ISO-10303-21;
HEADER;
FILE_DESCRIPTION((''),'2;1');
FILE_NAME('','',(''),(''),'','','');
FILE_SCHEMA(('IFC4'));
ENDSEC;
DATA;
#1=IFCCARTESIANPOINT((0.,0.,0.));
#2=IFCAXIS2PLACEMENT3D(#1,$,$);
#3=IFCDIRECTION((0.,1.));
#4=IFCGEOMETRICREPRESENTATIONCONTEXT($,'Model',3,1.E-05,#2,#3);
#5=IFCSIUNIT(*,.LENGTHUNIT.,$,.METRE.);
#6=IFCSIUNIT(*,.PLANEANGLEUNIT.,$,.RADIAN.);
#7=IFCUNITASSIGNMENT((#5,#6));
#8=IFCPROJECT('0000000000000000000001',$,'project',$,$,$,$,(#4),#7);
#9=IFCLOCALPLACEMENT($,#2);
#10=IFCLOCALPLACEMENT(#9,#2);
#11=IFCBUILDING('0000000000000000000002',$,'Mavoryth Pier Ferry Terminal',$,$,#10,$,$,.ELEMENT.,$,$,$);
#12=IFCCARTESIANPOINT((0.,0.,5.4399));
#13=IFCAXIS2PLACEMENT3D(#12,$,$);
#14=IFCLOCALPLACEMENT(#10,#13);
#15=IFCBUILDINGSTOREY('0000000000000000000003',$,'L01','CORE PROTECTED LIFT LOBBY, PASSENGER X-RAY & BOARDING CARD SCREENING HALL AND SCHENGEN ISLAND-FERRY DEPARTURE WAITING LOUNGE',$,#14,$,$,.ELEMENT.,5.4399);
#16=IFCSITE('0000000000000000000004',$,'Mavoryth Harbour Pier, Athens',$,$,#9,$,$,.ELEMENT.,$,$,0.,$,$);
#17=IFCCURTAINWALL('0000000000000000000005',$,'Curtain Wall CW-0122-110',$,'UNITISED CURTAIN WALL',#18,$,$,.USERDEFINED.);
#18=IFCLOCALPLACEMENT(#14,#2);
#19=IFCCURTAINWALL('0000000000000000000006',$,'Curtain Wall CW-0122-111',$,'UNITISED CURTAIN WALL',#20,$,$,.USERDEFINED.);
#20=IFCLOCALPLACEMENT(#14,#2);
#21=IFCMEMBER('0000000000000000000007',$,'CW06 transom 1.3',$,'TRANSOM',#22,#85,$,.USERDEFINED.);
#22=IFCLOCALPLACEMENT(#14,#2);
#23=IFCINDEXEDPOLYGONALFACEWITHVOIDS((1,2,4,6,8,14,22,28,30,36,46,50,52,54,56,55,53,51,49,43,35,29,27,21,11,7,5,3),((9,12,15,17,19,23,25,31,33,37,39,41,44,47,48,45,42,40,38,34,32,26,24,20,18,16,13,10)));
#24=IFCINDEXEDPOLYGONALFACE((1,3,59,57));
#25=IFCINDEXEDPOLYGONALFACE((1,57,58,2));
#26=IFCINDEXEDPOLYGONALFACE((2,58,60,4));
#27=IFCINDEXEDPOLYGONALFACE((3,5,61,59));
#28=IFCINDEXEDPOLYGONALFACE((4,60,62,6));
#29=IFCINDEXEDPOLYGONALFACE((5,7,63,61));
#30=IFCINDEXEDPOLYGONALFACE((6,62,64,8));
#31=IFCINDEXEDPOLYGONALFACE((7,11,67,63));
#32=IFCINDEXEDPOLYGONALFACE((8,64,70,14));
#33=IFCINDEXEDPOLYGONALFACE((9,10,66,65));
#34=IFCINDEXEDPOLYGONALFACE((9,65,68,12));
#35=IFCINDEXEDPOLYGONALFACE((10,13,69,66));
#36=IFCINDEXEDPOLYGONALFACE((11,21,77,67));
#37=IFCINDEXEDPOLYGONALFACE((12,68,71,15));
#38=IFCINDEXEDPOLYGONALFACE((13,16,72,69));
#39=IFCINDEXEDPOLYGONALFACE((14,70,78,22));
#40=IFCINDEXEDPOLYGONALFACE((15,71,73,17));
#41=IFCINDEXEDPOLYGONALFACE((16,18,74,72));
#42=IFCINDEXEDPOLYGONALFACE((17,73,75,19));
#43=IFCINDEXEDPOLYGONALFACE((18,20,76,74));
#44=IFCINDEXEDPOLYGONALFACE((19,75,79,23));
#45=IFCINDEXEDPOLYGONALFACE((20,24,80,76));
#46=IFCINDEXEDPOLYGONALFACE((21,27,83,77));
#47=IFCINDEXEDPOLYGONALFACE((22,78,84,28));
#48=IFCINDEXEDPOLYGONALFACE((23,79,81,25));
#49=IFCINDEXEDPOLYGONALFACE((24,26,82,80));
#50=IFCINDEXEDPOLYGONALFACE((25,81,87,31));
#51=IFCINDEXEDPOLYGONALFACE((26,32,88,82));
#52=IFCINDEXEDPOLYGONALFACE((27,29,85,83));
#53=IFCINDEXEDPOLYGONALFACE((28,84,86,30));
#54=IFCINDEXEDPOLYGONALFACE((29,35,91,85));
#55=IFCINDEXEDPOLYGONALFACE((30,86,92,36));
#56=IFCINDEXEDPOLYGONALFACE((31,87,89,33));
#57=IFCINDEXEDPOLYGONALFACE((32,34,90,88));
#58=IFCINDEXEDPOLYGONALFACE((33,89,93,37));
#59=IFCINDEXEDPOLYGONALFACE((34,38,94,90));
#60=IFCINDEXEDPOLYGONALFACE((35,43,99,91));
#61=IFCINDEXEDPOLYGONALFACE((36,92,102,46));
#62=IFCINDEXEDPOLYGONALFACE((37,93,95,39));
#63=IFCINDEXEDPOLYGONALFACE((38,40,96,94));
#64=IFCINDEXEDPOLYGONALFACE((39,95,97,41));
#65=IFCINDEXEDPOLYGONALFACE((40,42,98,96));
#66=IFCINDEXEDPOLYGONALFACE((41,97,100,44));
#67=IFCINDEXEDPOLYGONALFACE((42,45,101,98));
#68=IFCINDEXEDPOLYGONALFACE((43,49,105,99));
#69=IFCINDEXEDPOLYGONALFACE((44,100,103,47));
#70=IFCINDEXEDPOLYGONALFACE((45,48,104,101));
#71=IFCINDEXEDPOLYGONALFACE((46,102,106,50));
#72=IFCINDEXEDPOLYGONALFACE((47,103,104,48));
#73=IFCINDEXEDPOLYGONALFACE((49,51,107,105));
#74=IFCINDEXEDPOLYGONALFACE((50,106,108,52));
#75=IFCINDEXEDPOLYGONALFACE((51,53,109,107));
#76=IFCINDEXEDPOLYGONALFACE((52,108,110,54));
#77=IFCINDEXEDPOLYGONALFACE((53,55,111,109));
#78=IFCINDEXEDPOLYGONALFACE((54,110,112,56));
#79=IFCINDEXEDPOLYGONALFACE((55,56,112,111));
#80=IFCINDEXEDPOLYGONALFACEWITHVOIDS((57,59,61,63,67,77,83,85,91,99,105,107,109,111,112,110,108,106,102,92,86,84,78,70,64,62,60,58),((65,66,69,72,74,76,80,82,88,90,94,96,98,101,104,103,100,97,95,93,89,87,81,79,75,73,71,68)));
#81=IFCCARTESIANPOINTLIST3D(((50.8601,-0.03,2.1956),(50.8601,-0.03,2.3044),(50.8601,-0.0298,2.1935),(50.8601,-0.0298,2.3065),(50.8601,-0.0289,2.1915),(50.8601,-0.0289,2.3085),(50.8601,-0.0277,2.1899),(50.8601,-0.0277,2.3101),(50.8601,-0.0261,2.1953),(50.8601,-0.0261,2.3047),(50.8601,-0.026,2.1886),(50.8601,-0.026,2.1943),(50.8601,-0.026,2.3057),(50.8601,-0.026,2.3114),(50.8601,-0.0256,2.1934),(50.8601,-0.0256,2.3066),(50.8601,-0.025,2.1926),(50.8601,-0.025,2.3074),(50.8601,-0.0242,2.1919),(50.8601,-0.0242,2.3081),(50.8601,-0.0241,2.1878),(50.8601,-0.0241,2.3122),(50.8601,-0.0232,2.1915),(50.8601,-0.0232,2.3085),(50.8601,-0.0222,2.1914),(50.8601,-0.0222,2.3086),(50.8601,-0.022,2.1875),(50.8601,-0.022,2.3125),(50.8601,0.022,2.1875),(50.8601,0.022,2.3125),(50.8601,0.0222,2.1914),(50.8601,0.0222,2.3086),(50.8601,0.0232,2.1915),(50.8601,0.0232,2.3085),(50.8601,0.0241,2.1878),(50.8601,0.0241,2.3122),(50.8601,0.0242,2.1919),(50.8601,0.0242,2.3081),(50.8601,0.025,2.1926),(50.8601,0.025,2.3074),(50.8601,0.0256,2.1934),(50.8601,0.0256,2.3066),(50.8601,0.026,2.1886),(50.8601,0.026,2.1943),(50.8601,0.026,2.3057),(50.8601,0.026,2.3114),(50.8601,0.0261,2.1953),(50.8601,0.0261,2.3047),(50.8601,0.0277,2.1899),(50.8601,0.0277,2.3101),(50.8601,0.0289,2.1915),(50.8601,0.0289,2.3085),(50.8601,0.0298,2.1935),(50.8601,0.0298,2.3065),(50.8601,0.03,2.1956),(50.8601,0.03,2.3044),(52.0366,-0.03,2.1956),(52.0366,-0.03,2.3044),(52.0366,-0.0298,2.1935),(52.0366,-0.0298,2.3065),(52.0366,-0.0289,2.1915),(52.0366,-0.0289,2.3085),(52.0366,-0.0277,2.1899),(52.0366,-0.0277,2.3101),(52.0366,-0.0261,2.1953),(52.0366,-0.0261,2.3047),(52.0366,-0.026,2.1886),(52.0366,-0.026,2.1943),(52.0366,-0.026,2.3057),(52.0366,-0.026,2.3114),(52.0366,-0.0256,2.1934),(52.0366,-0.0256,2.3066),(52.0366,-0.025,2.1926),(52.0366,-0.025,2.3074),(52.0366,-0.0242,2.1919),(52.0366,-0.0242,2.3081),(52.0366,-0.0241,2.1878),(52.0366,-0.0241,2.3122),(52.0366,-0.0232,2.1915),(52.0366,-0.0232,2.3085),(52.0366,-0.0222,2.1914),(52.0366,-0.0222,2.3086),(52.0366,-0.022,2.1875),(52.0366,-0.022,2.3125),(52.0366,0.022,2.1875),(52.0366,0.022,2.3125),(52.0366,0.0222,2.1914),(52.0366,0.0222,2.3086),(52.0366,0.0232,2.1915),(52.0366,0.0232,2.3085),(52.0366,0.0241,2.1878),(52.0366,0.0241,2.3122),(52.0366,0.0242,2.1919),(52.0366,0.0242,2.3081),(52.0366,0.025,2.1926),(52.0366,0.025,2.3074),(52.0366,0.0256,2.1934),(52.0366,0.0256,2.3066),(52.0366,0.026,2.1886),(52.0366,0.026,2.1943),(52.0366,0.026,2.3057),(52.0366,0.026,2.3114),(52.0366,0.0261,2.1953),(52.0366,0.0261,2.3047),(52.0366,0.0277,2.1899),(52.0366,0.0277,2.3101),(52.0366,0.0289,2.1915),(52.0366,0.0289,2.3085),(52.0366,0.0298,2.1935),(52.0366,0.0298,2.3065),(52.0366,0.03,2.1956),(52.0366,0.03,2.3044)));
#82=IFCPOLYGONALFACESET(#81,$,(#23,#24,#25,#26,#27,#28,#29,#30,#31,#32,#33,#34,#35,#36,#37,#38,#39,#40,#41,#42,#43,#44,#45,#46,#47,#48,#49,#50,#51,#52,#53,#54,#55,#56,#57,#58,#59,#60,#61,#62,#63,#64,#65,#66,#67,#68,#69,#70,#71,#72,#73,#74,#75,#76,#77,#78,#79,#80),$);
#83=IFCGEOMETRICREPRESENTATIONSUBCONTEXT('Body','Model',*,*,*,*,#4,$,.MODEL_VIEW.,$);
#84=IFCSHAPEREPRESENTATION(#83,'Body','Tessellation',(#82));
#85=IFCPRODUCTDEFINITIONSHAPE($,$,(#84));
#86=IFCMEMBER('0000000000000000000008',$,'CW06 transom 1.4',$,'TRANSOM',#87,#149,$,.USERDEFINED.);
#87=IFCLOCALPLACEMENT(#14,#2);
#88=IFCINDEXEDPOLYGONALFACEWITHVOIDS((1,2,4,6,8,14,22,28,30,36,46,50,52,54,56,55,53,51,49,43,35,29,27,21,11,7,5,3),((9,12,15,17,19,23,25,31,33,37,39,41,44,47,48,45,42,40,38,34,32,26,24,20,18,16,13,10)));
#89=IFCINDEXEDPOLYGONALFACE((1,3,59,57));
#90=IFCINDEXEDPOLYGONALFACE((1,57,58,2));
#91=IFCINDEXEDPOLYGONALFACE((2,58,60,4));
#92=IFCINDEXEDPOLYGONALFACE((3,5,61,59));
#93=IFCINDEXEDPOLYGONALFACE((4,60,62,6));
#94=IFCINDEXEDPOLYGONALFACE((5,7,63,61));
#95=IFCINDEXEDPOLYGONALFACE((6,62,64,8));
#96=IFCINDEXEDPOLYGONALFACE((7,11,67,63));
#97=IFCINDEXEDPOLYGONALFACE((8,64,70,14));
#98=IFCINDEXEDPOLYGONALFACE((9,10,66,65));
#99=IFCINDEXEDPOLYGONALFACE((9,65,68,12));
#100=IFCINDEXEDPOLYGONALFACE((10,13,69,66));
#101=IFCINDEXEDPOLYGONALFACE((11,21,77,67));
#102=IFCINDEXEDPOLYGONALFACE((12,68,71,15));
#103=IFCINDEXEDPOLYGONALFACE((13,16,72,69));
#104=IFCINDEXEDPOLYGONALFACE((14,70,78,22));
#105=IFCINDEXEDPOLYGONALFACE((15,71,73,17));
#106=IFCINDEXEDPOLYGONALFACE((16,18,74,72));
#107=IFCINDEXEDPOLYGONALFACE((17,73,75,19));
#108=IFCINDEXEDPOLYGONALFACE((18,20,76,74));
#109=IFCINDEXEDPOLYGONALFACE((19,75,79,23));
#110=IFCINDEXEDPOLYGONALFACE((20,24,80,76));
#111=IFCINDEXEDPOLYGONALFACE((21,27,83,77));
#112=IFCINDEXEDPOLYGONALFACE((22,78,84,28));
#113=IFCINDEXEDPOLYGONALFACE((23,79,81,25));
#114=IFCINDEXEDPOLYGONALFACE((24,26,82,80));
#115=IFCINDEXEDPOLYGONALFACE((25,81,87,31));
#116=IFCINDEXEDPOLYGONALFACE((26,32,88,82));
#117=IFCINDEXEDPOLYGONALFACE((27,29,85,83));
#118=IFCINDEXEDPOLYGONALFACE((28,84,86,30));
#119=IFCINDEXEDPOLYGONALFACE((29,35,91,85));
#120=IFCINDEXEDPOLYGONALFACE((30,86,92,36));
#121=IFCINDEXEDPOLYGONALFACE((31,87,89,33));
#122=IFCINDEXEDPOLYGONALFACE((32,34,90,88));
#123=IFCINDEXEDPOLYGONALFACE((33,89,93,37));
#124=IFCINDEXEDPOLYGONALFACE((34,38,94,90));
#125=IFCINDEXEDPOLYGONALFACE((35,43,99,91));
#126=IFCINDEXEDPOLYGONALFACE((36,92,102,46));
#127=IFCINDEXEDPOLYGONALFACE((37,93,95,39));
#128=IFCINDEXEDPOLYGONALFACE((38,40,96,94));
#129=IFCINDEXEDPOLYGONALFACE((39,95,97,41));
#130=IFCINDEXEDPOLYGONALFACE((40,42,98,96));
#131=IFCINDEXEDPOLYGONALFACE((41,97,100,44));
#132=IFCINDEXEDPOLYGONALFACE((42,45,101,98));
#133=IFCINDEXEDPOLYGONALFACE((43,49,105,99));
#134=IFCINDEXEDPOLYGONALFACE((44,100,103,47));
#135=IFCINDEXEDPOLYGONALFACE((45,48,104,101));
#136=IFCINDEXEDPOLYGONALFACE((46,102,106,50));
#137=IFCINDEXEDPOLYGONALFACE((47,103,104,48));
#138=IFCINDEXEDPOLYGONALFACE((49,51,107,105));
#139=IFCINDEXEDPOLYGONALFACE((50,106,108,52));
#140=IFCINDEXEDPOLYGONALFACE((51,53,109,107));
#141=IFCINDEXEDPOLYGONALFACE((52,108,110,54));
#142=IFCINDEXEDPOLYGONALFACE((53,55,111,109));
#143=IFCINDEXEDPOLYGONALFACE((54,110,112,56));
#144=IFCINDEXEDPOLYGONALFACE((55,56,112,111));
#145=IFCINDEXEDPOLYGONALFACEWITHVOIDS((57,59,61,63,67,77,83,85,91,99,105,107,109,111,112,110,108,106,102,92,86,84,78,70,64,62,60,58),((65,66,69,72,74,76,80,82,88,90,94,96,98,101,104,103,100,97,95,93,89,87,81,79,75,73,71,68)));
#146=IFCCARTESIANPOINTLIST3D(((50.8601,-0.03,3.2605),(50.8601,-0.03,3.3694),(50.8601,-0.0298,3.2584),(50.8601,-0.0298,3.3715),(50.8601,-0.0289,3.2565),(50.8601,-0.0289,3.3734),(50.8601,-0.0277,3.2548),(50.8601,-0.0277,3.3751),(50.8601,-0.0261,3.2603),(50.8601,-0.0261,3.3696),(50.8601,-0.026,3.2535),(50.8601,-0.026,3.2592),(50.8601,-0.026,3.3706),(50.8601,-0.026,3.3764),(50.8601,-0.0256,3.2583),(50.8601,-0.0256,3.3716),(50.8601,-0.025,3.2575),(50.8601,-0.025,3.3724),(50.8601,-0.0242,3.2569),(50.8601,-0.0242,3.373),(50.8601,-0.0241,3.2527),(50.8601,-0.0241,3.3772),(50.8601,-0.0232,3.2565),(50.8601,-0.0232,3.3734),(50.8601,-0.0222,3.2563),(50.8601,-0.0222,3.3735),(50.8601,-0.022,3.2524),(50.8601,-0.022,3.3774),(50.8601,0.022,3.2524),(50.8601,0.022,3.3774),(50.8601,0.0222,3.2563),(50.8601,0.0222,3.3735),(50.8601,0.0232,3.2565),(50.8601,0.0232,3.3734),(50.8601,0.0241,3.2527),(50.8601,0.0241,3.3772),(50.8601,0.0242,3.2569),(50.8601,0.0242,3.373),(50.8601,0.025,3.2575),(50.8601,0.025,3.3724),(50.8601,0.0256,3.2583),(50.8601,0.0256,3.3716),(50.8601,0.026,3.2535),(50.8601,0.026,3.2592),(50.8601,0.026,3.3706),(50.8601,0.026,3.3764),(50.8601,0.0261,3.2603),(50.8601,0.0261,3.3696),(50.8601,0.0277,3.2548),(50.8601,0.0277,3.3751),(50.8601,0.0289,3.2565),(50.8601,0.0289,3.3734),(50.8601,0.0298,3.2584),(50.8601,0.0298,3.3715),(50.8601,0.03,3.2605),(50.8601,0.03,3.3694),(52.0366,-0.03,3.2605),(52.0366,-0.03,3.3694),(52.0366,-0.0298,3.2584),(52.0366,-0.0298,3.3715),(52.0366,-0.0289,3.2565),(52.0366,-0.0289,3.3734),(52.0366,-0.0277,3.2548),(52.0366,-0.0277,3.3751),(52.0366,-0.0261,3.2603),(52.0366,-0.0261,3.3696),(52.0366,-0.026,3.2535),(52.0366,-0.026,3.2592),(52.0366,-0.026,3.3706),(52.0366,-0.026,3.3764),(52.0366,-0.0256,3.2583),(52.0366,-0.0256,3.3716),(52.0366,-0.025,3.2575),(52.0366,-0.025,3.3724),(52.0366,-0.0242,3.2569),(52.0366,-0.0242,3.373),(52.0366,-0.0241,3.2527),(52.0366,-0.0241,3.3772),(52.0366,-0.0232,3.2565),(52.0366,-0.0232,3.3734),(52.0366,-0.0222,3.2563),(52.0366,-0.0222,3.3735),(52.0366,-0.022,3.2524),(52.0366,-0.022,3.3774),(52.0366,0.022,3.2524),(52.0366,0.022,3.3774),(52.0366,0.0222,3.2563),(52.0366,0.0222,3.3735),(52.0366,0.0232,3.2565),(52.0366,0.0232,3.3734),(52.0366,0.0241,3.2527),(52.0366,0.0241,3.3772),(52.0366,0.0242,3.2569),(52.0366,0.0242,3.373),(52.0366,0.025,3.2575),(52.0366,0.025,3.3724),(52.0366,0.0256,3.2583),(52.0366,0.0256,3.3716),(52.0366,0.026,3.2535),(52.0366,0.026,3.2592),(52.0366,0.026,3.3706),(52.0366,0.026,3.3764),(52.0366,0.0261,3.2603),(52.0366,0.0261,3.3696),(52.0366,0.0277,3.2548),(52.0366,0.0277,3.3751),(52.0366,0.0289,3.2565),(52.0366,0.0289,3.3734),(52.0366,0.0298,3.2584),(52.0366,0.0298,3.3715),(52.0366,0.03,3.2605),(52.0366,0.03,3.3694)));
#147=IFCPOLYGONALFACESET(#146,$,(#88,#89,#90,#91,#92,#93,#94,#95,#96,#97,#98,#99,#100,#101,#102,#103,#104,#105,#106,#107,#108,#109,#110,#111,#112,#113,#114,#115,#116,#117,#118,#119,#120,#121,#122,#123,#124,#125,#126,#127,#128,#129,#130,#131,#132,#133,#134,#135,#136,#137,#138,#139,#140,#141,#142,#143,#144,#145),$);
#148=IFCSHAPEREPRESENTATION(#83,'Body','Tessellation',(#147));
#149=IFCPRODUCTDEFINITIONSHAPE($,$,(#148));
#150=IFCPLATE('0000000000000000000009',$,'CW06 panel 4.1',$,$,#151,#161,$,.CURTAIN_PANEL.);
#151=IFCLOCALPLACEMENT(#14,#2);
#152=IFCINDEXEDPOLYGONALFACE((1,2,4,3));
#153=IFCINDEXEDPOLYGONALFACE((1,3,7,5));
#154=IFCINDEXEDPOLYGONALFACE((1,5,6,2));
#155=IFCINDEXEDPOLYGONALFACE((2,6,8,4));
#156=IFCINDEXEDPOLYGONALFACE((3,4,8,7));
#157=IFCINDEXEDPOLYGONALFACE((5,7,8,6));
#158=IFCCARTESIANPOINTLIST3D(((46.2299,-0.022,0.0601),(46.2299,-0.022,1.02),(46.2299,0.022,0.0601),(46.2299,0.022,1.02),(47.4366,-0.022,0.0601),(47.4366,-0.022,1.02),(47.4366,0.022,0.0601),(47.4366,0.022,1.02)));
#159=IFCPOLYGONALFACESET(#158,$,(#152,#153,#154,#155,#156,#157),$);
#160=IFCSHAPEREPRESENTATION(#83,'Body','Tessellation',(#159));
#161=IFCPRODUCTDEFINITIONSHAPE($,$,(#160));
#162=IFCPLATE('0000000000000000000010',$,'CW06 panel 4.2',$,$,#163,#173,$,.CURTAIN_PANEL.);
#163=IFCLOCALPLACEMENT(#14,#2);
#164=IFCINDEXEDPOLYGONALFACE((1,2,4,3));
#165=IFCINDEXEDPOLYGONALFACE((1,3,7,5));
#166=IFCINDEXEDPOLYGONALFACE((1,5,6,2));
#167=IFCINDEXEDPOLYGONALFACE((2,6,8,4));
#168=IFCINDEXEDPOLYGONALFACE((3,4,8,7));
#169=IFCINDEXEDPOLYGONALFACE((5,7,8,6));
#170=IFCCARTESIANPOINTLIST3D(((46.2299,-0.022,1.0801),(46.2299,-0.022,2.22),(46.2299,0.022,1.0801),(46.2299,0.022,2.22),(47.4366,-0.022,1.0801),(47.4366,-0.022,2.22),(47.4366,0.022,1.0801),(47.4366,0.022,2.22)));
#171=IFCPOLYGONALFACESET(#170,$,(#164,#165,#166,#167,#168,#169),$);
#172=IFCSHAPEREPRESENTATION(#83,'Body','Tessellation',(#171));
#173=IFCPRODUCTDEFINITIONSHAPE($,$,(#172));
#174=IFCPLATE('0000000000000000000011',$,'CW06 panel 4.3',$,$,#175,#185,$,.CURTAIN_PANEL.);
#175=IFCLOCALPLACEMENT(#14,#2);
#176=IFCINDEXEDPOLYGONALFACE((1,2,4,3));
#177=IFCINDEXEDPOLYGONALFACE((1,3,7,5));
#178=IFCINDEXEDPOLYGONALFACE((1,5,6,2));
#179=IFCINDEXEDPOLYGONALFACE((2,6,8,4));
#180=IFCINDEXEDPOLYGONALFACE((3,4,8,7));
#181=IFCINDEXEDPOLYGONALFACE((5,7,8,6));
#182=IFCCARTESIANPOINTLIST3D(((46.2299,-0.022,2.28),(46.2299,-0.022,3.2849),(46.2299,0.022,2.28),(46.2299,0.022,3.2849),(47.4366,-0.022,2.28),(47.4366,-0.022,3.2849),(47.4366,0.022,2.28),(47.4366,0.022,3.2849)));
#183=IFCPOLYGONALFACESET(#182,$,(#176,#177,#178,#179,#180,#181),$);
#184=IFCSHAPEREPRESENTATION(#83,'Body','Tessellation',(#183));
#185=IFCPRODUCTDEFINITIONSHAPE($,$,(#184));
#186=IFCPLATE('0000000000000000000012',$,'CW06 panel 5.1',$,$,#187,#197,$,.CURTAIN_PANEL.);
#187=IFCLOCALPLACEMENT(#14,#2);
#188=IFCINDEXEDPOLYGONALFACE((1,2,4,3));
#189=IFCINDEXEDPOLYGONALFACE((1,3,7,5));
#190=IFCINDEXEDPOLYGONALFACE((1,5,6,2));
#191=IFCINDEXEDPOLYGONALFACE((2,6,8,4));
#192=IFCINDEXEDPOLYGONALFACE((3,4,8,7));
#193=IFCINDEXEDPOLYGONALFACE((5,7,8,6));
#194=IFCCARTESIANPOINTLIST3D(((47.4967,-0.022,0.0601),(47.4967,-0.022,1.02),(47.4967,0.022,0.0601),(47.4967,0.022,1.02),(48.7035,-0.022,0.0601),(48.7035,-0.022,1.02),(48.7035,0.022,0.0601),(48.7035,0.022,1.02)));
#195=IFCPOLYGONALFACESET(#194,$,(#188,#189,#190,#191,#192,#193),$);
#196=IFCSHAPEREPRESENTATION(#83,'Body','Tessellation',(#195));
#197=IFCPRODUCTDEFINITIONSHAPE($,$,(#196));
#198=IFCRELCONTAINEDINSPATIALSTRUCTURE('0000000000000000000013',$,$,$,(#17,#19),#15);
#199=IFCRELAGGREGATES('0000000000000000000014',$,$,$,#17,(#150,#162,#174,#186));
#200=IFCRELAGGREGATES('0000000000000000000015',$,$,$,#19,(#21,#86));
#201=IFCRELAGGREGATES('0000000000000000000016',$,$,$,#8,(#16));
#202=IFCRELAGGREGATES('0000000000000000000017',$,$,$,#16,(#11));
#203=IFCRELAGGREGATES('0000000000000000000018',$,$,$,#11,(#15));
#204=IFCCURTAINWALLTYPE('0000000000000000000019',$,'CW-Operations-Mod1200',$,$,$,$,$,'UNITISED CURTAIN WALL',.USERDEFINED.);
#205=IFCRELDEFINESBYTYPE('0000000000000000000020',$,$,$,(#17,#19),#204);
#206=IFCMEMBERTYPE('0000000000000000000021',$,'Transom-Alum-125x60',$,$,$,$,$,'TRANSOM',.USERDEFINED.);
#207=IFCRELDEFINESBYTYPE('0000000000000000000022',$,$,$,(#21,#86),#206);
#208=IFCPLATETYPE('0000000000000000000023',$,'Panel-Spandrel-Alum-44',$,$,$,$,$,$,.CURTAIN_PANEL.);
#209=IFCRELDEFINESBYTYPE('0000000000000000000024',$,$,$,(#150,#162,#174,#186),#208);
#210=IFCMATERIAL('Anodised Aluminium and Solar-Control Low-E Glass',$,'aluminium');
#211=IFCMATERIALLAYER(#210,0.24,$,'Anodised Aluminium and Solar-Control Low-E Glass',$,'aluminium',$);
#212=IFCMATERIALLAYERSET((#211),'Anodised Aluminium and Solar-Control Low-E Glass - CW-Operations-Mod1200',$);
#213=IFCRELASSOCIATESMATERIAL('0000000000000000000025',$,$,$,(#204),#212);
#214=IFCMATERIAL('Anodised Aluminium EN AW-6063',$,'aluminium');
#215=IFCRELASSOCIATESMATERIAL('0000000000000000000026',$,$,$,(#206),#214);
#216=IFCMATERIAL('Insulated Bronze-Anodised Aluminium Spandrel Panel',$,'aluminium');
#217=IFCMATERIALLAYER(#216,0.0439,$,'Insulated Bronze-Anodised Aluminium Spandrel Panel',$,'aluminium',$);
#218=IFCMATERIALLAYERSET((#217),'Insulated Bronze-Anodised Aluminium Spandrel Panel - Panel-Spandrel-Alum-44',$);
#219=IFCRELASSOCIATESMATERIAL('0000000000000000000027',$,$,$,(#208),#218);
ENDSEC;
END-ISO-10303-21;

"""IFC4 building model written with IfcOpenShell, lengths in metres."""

from ifc_helpers import new_model, si_unit, direction, frame, origin, origin_2d, place, context, subcontext, project, spatial, rectangle, hollow_rectangle, extrude, material, layer, layer_set, material_profile, profile_set, type_object, element, aggregate, save


model = new_model("IFC4")

# Units and contexts
model_context = context("Model", 3, precision=1e-05, world=origin(), true_north=direction((0.0, 1.0)))
body_context = subcontext(model_context, "Body", "Model", "MODEL_VIEW")
ifc_project = project(units=[si_unit("LENGTHUNIT", "METRE"), si_unit("PLANEANGLEUNIT", "RADIAN")], contexts=[model_context])

# Site, building, storey
site_placement = place(None, origin())
site = spatial("IfcSite", under=ifc_project, at=site_placement, Name="Mavoryth Harbour Pier, Athens", CompositionType="ELEMENT", RefElevation=0.0)
building_placement = place(site_placement, origin())
building = spatial("IfcBuilding", under=site, at=building_placement, Name="Mavoryth Pier Ferry Terminal", CompositionType="ELEMENT")
storey_placement = place(building_placement, frame((0.0, 0.0, 5.4399)))
storey = spatial("IfcBuildingStorey", under=building, at=storey_placement, Name="L01", Description="CORE PROTECTED LIFT LOBBY, PASSENGER X-RAY & BOARDING CARD SCREENING HALL AND SCHENGEN ISLAND-FERRY DEPARTURE WAITING LOUNGE", CompositionType="ELEMENT", Elevation=5.4399)

# Curtain wall
ifc_material_1 = material(Name="Anodised Aluminium and Solar-Control Low-E Glass", Category="aluminium")
ifc_layer_1 = layer(ifc_material_1, 0.24, Name="Anodised Aluminium and Solar-Control Low-E Glass", Category="aluminium")
ifc_layer_set_1 = layer_set([ifc_layer_1], Name="Anodised Aluminium and Solar-Control Low-E Glass - CW-Operations-Mod1200")
curtain_wall_type = type_object("IfcCurtainWallType", Name="CW-Operations-Mod1200", ElementType="UNITISED CURTAIN WALL", PredefinedType="USERDEFINED", material=ifc_layer_set_1)
curtain_wall_1_placement = place(storey_placement, origin())
curtain_wall_1 = element("IfcCurtainWall", 1, at=curtain_wall_1_placement, inside=storey, type_object=curtain_wall_type, Name="Curtain Wall CW-0122-110", ObjectType="UNITISED CURTAIN WALL", PredefinedType="USERDEFINED")
ifc_material_2 = material(Name="Anodised Aluminium EN AW-6063", Category="aluminium")

# Curtain wall
curtain_wall_2_placement = place(storey_placement, origin())
curtain_wall_2 = element("IfcCurtainWall", 2, at=curtain_wall_2_placement, inside=storey, type_object=curtain_wall_type, Name="Curtain Wall CW-0122-111", ObjectType="UNITISED CURTAIN WALL", PredefinedType="USERDEFINED")

# Members
ifc_material_profile_1 = material_profile(ifc_material_2, hollow_rectangle(XDim=0.0601, YDim=0.125, WallThickness=0.0039, InnerFilletRadius=0.0039, OuterFilletRadius=0.0081, at=origin_2d()), Name="AL-TRAN 125x60x4", Category="aluminium")
ifc_profile_set_1 = profile_set([ifc_material_profile_1], Name="Anodised Aluminium EN AW-6063 - AL-TRAN 125x60x4")
member_type_1 = type_object("IfcMemberType", Name="Transom-Alum-125x60", ElementType="TRANSOM", PredefinedType="USERDEFINED", material=ifc_profile_set_1)
member_1_placement = place(storey_placement, frame((50.8601, 0.0, 2.25), z_axis=(1.0, 0.0, 0.0), x_axis=(0.0, 1.0, 0.0)))
member_1 = element("IfcMember", 3, at=member_1_placement, type_object=member_type_1, Name="CW06 transom 1.3", ObjectType="TRANSOM", PredefinedType="USERDEFINED", context=body_context, shape_type="SweptSolid", body=[
    extrude(hollow_rectangle(XDim=0.0601, YDim=0.125, WallThickness=0.0039, InnerFilletRadius=0.0039, OuterFilletRadius=0.0081, at=origin_2d()), origin(), (0.0, 0.0, 1.0), 1.1765),
])
member_2_placement = place(storey_placement, frame((50.8601, 0.0, 3.3149), z_axis=(1.0, 0.0, 0.0), x_axis=(0.0, 1.0, 0.0)))
member_2 = element("IfcMember", 4, at=member_2_placement, type_object=member_type_1, Name="CW06 transom 1.4", ObjectType="TRANSOM", PredefinedType="USERDEFINED", context=body_context, shape_type="SweptSolid", body=[
    extrude(hollow_rectangle(XDim=0.0601, YDim=0.125, WallThickness=0.0039, InnerFilletRadius=0.0039, OuterFilletRadius=0.0081, at=origin_2d()), origin(), (0.0, 0.0, 1.0), 1.1765),
])

# Plates
ifc_material_3 = material(Name="Insulated Bronze-Anodised Aluminium Spandrel Panel", Category="aluminium")
ifc_layer_2 = layer(ifc_material_3, 0.0439, Name="Insulated Bronze-Anodised Aluminium Spandrel Panel", Category="aluminium")
ifc_layer_set_2 = layer_set([ifc_layer_2], Name="Insulated Bronze-Anodised Aluminium Spandrel Panel - Panel-Spandrel-Alum-44")
plate_type = type_object("IfcPlateType", Name="Panel-Spandrel-Alum-44", PredefinedType="CURTAIN_PANEL", material=ifc_layer_set_2)
plate_1_placement = place(storey_placement, frame((46.8333, 0.0, 0.0601), z_axis=(0.0, 0.0, 1.0), x_axis=(1.0, 0.0, 0.0)))
plate_1 = element("IfcPlate", 5, at=plate_1_placement, type_object=plate_type, Name="CW06 panel 4.1", PredefinedType="CURTAIN_PANEL", context=body_context, shape_type="SweptSolid", body=[
    extrude(rectangle(XDim=1.2068, YDim=0.0439, at=origin_2d()), origin(), (0.0, 0.0, 1.0), 0.96),
])
plate_2_placement = place(storey_placement, frame((46.8333, 0.0, 1.0801), z_axis=(0.0, 0.0, 1.0), x_axis=(1.0, 0.0, 0.0)))
plate_2 = element("IfcPlate", 6, at=plate_2_placement, type_object=plate_type, Name="CW06 panel 4.2", PredefinedType="CURTAIN_PANEL", context=body_context, shape_type="SweptSolid", body=[
    extrude(rectangle(XDim=1.2068, YDim=0.0439, at=origin_2d()), origin(), (0.0, 0.0, 1.0), 1.1399),
])
plate_3_placement = place(storey_placement, frame((46.8333, 0.0, 2.28), z_axis=(0.0, 0.0, 1.0), x_axis=(1.0, 0.0, 0.0)))
plate_3 = element("IfcPlate", 7, at=plate_3_placement, type_object=plate_type, Name="CW06 panel 4.3", PredefinedType="CURTAIN_PANEL", context=body_context, shape_type="SweptSolid", body=[
    extrude(rectangle(XDim=1.2068, YDim=0.0439, at=origin_2d()), origin(), (0.0, 0.0, 1.0), 1.0049),
])
plate_4_placement = place(storey_placement, frame((48.1001, 0.0, 0.0601), z_axis=(0.0, 0.0, 1.0), x_axis=(1.0, 0.0, 0.0)))
plate_4 = element("IfcPlate", 8, at=plate_4_placement, type_object=plate_type, Name="CW06 panel 5.1", PredefinedType="CURTAIN_PANEL", context=body_context, shape_type="SweptSolid", body=[
    extrude(rectangle(XDim=1.2068, YDim=0.0439, at=origin_2d()), origin(), (0.0, 0.0, 1.0), 0.96),
])
aggregate(curtain_wall_1, [plate_1, plate_2, plate_3, plate_4])
aggregate(curtain_wall_2, [member_1, member_2])

save(model, "model.ifc")
